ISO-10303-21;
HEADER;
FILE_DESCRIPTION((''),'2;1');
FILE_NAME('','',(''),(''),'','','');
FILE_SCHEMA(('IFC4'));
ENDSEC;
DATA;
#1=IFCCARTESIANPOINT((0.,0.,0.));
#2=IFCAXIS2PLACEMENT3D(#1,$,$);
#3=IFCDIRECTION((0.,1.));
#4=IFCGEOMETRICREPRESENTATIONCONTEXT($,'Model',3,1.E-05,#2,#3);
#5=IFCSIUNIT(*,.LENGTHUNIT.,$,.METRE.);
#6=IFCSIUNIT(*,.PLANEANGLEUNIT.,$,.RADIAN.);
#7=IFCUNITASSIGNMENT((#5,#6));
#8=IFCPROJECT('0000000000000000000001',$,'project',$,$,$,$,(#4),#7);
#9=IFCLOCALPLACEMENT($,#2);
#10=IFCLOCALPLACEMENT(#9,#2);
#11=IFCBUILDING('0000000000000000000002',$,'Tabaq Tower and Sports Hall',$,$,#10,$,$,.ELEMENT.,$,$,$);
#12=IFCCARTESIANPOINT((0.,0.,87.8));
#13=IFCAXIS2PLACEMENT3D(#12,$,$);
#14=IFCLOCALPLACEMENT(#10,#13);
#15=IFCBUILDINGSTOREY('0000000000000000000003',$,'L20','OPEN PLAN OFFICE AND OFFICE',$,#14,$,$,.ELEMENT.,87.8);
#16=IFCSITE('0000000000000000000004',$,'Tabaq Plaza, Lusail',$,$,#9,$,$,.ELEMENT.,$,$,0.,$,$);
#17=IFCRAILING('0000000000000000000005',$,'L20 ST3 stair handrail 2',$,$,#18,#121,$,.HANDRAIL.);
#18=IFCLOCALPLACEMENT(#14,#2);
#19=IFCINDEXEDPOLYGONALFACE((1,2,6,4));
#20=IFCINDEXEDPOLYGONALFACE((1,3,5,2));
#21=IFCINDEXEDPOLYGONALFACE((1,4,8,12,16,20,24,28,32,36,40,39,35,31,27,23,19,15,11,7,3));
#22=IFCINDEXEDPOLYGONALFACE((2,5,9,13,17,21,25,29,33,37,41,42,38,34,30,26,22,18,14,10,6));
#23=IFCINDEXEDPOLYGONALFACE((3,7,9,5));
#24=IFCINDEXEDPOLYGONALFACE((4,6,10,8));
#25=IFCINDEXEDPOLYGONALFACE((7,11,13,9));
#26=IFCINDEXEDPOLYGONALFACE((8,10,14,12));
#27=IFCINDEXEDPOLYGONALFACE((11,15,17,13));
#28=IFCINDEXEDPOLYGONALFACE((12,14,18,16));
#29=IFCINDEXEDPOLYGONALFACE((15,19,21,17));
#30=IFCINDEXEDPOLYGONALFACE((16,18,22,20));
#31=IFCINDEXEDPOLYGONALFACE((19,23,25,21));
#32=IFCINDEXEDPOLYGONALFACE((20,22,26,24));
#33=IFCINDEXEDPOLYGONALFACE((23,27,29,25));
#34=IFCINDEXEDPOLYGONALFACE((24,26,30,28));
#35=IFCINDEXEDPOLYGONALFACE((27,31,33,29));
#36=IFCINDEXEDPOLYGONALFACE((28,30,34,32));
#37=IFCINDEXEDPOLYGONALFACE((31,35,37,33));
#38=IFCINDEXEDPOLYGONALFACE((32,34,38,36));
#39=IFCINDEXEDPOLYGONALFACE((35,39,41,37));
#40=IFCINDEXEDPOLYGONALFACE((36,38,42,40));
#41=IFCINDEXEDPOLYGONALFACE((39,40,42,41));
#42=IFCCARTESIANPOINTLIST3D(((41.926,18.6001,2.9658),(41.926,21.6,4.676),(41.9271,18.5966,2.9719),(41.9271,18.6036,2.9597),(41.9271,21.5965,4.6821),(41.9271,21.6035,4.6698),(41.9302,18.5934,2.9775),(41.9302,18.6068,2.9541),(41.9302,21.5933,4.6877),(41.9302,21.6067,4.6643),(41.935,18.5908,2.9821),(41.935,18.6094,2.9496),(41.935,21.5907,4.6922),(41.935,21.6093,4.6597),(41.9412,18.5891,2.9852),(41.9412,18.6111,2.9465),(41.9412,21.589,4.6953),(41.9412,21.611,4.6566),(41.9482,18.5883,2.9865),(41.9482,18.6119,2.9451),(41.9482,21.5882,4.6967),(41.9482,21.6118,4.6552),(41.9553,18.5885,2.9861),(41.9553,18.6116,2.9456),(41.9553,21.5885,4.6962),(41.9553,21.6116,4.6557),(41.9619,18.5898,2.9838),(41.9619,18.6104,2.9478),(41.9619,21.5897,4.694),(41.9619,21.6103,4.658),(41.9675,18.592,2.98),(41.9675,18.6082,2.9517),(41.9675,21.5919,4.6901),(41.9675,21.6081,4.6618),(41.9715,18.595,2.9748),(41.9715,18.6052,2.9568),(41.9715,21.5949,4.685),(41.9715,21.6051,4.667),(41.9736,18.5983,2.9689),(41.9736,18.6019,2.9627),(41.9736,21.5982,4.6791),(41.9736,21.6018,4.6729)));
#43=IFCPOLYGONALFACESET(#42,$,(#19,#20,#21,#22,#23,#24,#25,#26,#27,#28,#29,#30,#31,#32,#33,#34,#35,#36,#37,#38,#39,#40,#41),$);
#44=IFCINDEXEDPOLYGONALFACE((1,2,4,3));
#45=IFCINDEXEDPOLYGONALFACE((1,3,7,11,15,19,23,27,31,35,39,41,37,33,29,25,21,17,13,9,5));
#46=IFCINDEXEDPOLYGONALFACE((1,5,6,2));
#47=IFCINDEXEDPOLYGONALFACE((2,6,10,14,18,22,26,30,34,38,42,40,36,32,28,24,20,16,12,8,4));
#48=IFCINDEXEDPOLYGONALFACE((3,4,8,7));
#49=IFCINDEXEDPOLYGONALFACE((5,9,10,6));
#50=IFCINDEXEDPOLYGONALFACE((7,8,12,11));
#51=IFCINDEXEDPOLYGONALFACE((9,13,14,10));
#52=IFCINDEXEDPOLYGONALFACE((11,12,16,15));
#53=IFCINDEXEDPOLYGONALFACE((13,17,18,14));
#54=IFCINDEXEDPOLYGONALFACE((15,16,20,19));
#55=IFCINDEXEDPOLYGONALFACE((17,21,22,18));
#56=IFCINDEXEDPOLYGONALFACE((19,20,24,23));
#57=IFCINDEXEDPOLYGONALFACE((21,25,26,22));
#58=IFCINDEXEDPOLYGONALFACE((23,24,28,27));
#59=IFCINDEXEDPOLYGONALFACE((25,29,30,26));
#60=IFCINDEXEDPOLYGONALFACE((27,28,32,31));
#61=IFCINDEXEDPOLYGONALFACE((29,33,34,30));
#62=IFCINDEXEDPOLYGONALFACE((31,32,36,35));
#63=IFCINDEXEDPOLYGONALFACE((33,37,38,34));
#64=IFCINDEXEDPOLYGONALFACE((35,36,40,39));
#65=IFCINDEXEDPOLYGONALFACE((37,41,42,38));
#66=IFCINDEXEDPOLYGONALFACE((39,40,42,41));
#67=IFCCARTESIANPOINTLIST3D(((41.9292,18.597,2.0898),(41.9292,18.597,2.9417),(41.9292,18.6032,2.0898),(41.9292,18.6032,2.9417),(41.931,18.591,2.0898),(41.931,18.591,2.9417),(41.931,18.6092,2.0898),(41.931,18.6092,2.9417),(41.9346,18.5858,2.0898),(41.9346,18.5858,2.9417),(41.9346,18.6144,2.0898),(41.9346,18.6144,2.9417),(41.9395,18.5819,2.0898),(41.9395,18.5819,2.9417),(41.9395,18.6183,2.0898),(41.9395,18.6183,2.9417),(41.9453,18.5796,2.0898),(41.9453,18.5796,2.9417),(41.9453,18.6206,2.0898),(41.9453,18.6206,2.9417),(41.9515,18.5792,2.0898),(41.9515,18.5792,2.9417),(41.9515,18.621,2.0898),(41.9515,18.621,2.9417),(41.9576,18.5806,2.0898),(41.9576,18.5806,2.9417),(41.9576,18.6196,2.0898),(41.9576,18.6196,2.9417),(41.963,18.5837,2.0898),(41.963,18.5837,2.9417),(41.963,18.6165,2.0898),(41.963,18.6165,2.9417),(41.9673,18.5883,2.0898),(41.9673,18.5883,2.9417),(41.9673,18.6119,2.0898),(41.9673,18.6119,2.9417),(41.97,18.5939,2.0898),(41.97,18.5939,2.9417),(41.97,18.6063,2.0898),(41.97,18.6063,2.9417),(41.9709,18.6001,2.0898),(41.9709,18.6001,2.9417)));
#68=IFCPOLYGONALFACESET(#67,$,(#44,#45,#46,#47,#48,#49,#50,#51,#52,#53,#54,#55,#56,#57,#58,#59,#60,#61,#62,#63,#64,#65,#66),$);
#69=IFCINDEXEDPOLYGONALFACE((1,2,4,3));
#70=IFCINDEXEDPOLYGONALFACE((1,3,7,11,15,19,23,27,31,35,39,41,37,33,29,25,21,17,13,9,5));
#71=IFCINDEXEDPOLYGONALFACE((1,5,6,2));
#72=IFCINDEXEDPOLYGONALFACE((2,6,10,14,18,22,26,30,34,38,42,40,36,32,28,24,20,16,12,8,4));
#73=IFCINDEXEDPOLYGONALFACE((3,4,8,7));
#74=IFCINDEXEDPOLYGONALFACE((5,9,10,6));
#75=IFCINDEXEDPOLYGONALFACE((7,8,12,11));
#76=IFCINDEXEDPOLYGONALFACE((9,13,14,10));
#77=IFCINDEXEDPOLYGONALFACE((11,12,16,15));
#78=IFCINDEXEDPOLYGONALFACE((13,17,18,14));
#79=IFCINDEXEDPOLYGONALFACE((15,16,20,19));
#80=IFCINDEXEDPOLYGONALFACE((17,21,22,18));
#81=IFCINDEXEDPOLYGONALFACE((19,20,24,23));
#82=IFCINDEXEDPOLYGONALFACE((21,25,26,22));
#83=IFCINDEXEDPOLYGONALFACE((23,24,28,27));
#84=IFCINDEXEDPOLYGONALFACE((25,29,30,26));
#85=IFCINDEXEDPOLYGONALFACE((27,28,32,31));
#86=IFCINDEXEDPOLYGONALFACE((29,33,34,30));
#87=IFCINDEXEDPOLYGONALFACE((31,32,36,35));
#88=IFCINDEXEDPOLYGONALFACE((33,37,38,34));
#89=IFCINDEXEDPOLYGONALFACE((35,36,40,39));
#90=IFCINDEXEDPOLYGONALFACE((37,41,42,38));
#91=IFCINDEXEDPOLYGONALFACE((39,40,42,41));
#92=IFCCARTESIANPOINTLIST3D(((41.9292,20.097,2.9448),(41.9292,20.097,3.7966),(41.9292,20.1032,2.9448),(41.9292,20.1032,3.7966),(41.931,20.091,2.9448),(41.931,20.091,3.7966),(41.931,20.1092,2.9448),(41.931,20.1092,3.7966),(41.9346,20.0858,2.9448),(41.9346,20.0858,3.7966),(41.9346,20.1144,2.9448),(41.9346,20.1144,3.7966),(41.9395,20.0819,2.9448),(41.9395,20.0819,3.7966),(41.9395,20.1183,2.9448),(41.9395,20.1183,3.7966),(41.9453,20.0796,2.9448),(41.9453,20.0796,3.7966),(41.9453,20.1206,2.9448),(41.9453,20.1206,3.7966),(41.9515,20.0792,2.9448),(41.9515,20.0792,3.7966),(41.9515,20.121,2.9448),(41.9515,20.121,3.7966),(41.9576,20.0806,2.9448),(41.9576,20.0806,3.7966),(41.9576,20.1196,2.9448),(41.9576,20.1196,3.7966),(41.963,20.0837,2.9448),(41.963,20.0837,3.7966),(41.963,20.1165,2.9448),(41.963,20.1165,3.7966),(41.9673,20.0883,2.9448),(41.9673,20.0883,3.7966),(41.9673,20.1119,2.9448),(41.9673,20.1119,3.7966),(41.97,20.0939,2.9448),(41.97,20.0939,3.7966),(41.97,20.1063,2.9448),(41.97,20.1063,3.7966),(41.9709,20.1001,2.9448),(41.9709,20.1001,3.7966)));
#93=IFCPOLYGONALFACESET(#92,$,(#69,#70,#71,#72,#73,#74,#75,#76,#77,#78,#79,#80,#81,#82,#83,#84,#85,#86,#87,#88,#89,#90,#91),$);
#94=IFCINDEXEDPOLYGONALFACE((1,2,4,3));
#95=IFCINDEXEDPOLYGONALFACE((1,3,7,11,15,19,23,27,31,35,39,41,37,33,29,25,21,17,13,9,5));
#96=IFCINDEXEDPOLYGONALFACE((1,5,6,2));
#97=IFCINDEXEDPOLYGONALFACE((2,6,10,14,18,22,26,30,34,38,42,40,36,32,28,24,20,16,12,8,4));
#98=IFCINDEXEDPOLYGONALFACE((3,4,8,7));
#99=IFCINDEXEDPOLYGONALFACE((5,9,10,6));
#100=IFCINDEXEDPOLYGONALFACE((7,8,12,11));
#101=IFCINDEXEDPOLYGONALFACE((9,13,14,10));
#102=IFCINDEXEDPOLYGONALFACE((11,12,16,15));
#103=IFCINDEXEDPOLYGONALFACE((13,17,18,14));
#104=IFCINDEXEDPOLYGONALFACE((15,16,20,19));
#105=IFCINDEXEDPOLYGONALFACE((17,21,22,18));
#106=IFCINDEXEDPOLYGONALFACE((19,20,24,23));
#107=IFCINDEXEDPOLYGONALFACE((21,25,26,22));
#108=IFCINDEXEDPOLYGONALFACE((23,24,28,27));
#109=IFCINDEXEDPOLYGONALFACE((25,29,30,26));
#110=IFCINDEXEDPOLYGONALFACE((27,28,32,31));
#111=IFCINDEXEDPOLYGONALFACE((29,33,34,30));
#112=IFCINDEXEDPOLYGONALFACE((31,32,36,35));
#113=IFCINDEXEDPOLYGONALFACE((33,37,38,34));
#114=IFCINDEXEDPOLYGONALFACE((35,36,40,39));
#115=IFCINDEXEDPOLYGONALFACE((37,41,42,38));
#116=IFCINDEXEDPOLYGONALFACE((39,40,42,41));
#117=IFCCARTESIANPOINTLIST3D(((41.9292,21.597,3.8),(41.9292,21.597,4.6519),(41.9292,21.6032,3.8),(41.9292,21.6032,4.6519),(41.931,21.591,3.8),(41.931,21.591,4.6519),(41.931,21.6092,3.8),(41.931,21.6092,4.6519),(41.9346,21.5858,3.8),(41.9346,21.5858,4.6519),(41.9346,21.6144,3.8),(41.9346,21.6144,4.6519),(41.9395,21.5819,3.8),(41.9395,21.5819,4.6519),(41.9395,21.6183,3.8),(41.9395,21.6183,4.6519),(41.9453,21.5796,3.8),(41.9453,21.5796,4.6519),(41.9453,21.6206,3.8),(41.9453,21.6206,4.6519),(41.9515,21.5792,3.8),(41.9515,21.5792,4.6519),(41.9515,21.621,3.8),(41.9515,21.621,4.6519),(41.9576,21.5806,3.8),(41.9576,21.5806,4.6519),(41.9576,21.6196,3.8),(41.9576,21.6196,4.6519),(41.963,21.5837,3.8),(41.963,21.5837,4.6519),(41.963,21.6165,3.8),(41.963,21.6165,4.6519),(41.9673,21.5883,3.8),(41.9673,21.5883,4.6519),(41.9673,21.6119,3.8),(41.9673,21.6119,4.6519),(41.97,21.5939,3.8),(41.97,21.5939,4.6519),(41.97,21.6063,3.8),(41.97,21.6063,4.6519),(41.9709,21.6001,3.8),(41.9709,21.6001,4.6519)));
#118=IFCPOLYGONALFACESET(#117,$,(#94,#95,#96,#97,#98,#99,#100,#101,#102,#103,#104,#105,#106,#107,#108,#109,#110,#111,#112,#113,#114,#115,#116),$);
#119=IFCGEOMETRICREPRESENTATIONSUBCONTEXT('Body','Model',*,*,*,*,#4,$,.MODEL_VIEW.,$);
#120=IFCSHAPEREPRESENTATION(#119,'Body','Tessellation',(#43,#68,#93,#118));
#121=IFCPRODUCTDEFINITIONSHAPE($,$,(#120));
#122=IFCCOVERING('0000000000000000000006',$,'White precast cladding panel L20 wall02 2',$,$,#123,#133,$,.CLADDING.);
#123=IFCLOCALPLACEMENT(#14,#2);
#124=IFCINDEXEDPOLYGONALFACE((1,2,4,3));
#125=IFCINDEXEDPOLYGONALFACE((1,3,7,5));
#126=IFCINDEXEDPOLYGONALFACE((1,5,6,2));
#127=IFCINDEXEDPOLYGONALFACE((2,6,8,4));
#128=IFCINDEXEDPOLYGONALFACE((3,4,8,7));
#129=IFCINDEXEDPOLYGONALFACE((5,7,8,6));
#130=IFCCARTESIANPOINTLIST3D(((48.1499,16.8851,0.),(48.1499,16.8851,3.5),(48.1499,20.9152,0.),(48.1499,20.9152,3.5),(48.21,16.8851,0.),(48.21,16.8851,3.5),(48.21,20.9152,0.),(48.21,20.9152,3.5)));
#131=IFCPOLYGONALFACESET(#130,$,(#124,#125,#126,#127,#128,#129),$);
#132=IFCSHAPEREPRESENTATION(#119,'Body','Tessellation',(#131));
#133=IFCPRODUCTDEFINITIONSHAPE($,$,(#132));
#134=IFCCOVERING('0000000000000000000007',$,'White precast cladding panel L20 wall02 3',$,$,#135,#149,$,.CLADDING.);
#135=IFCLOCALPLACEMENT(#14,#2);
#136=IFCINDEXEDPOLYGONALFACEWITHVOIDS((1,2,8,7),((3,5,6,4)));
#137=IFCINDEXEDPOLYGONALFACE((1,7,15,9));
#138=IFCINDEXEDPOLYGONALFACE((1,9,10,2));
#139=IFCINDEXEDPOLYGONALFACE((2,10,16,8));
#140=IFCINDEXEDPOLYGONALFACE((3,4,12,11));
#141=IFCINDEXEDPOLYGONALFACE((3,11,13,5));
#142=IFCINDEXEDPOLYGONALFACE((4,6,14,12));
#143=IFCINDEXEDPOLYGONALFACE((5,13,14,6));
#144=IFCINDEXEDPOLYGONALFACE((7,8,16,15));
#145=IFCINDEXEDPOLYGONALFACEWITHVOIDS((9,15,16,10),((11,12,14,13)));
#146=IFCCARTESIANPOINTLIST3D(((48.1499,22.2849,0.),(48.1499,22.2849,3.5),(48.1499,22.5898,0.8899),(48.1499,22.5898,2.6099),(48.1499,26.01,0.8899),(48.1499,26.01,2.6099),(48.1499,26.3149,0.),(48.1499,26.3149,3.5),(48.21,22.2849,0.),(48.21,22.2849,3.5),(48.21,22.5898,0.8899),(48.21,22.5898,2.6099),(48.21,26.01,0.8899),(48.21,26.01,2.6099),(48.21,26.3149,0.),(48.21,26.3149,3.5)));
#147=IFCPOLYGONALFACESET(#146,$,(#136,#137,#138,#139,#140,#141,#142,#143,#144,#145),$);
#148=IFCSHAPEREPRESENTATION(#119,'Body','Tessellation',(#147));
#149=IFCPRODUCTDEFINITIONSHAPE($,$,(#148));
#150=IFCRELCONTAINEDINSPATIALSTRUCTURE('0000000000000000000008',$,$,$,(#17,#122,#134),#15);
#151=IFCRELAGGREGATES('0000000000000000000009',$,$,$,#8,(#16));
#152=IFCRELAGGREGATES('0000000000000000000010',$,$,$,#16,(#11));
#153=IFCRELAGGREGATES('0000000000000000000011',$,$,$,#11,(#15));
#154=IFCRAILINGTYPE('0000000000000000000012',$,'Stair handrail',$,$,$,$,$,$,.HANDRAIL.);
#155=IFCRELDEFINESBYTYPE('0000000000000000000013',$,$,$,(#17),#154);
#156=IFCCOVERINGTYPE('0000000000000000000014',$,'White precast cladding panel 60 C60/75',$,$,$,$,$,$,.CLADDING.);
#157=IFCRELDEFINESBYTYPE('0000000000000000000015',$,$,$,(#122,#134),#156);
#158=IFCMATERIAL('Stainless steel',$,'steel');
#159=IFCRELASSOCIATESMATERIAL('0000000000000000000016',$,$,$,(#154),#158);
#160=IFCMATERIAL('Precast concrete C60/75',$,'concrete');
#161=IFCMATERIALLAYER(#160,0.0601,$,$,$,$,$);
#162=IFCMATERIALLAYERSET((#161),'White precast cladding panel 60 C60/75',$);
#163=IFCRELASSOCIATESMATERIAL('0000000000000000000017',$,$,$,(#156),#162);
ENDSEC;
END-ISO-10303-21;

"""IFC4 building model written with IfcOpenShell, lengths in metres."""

from ifc_helpers import new_model, si_unit, direction, frame, frame_2d, origin, origin_2d, place, context, subcontext, project, spatial, polyline, rectangle, circle, outline, extrude, material, layer, layer_set, type_object, element, save


model = new_model("IFC4")

# Units and contexts
model_context = context("Model", 3, precision=1e-05, world=origin(), true_north=direction((0.0, 1.0)))
body_context = subcontext(model_context, "Body", "Model", "MODEL_VIEW")
ifc_project = project(units=[si_unit("LENGTHUNIT", "METRE"), si_unit("PLANEANGLEUNIT", "RADIAN")], contexts=[model_context])

# Site, building, storey
site_placement = place(None, origin())
site = spatial("IfcSite", under=ifc_project, at=site_placement, Name="Tabaq Plaza, Lusail", CompositionType="ELEMENT", RefElevation=0.0)
building_placement = place(site_placement, origin())
building = spatial("IfcBuilding", under=site, at=building_placement, Name="Tabaq Tower and Sports Hall", CompositionType="ELEMENT")
storey_placement = place(building_placement, frame((0.0, 0.0, 87.8)))
storey = spatial("IfcBuildingStorey", under=building, at=storey_placement, Name="L20", Description="OPEN PLAN OFFICE AND OFFICE", CompositionType="ELEMENT", Elevation=87.8)

# Railing
ifc_material_1 = material(Name="Stainless steel", Category="steel")
railing_type_1 = type_object("IfcRailingType", Name="Stair handrail", PredefinedType="HANDRAIL", material=ifc_material_1)
railing_1_placement = place(storey_placement, frame((41.95, 18.6001, 2.0898)))
element("IfcRailing", 1, at=railing_1_placement, inside=storey, type_object=railing_type_1, Name="L20 ST3 stair handrail 2", PredefinedType="HANDRAIL", context=body_context, shape_type="SweptSolid", body=[
    extrude(circle(Radius=0.0239, at=origin_2d()), frame((0.0, 0.0, 0.876), z_axis=(0.0, 0.868752, 0.495248), x_axis=(-1.0, 0.0, 0.0)), (0.0, 0.0, 1.0), 3.4531),
    extrude(circle(Radius=0.021, at=origin_2d()), origin(), (0.0, 0.0, 1.0), 0.8518),
    extrude(circle(Radius=0.021, at=origin_2d()), frame((0.0, 1.5, 0.855)), (0.0, 0.0, 1.0), 0.8518),
    extrude(circle(Radius=0.021, at=origin_2d()), frame((0.0, 3.0, 1.7102)), (0.0, 0.0, 1.0), 0.8518),
])

# Coverings
ifc_material_2 = material(Name="Precast concrete C60/75", Category="concrete")
ifc_layer_1 = layer(ifc_material_2, 0.0601)
ifc_layer_set_1 = layer_set([ifc_layer_1], Name="White precast cladding panel 60 C60/75")
covering_type_1 = type_object("IfcCoveringType", Name="White precast cladding panel 60 C60/75", PredefinedType="CLADDING", material=ifc_layer_set_1)
covering_1_placement = place(storey_placement, frame((48.1799, 16.885, 0.0), z_axis=(0.0, 0.0, 1.0), x_axis=(0.0, 1.0, 0.0)))
element("IfcCovering", 2, at=covering_1_placement, inside=storey, type_object=covering_type_1, Name="White precast cladding panel L20 wall02 2", PredefinedType="CLADDING", context=body_context, shape_type="SweptSolid", body=[
    extrude(rectangle(XDim=4.03, YDim=0.0601, at=frame_2d((2.0151, 0.0))), origin(), (0.0, 0.0, 1.0), 3.5),
])
covering_2_placement = place(storey_placement, frame((48.1799, 22.2849, 0.0), z_axis=(0.0, 0.0, 1.0), x_axis=(0.0, 1.0, 0.0)))
element("IfcCovering", 3, at=covering_2_placement, inside=storey, type_object=covering_type_1, Name="White precast cladding panel L20 wall02 3", PredefinedType="CLADDING", context=body_context, shape_type="SweptSolid", body=[
    extrude(outline(polyline([(0.0, 0.0), (4.03, 0.0), (4.03, 3.5), (0.0, 3.5), (0.0, 0.0)]), holes=[polyline([(0.3049, 0.8899), (0.3049, 2.6099), (3.7251, 2.6099), (3.7251, 0.8899), (0.3049, 0.8899)])]), frame((0.0, 0.03, 0.0), z_axis=(0.0, -1.0, 0.0), x_axis=(1.0, 0.0, 0.0)), (0.0, 0.0, 1.0), 0.0601),
])

save(model, "model.ifc")
